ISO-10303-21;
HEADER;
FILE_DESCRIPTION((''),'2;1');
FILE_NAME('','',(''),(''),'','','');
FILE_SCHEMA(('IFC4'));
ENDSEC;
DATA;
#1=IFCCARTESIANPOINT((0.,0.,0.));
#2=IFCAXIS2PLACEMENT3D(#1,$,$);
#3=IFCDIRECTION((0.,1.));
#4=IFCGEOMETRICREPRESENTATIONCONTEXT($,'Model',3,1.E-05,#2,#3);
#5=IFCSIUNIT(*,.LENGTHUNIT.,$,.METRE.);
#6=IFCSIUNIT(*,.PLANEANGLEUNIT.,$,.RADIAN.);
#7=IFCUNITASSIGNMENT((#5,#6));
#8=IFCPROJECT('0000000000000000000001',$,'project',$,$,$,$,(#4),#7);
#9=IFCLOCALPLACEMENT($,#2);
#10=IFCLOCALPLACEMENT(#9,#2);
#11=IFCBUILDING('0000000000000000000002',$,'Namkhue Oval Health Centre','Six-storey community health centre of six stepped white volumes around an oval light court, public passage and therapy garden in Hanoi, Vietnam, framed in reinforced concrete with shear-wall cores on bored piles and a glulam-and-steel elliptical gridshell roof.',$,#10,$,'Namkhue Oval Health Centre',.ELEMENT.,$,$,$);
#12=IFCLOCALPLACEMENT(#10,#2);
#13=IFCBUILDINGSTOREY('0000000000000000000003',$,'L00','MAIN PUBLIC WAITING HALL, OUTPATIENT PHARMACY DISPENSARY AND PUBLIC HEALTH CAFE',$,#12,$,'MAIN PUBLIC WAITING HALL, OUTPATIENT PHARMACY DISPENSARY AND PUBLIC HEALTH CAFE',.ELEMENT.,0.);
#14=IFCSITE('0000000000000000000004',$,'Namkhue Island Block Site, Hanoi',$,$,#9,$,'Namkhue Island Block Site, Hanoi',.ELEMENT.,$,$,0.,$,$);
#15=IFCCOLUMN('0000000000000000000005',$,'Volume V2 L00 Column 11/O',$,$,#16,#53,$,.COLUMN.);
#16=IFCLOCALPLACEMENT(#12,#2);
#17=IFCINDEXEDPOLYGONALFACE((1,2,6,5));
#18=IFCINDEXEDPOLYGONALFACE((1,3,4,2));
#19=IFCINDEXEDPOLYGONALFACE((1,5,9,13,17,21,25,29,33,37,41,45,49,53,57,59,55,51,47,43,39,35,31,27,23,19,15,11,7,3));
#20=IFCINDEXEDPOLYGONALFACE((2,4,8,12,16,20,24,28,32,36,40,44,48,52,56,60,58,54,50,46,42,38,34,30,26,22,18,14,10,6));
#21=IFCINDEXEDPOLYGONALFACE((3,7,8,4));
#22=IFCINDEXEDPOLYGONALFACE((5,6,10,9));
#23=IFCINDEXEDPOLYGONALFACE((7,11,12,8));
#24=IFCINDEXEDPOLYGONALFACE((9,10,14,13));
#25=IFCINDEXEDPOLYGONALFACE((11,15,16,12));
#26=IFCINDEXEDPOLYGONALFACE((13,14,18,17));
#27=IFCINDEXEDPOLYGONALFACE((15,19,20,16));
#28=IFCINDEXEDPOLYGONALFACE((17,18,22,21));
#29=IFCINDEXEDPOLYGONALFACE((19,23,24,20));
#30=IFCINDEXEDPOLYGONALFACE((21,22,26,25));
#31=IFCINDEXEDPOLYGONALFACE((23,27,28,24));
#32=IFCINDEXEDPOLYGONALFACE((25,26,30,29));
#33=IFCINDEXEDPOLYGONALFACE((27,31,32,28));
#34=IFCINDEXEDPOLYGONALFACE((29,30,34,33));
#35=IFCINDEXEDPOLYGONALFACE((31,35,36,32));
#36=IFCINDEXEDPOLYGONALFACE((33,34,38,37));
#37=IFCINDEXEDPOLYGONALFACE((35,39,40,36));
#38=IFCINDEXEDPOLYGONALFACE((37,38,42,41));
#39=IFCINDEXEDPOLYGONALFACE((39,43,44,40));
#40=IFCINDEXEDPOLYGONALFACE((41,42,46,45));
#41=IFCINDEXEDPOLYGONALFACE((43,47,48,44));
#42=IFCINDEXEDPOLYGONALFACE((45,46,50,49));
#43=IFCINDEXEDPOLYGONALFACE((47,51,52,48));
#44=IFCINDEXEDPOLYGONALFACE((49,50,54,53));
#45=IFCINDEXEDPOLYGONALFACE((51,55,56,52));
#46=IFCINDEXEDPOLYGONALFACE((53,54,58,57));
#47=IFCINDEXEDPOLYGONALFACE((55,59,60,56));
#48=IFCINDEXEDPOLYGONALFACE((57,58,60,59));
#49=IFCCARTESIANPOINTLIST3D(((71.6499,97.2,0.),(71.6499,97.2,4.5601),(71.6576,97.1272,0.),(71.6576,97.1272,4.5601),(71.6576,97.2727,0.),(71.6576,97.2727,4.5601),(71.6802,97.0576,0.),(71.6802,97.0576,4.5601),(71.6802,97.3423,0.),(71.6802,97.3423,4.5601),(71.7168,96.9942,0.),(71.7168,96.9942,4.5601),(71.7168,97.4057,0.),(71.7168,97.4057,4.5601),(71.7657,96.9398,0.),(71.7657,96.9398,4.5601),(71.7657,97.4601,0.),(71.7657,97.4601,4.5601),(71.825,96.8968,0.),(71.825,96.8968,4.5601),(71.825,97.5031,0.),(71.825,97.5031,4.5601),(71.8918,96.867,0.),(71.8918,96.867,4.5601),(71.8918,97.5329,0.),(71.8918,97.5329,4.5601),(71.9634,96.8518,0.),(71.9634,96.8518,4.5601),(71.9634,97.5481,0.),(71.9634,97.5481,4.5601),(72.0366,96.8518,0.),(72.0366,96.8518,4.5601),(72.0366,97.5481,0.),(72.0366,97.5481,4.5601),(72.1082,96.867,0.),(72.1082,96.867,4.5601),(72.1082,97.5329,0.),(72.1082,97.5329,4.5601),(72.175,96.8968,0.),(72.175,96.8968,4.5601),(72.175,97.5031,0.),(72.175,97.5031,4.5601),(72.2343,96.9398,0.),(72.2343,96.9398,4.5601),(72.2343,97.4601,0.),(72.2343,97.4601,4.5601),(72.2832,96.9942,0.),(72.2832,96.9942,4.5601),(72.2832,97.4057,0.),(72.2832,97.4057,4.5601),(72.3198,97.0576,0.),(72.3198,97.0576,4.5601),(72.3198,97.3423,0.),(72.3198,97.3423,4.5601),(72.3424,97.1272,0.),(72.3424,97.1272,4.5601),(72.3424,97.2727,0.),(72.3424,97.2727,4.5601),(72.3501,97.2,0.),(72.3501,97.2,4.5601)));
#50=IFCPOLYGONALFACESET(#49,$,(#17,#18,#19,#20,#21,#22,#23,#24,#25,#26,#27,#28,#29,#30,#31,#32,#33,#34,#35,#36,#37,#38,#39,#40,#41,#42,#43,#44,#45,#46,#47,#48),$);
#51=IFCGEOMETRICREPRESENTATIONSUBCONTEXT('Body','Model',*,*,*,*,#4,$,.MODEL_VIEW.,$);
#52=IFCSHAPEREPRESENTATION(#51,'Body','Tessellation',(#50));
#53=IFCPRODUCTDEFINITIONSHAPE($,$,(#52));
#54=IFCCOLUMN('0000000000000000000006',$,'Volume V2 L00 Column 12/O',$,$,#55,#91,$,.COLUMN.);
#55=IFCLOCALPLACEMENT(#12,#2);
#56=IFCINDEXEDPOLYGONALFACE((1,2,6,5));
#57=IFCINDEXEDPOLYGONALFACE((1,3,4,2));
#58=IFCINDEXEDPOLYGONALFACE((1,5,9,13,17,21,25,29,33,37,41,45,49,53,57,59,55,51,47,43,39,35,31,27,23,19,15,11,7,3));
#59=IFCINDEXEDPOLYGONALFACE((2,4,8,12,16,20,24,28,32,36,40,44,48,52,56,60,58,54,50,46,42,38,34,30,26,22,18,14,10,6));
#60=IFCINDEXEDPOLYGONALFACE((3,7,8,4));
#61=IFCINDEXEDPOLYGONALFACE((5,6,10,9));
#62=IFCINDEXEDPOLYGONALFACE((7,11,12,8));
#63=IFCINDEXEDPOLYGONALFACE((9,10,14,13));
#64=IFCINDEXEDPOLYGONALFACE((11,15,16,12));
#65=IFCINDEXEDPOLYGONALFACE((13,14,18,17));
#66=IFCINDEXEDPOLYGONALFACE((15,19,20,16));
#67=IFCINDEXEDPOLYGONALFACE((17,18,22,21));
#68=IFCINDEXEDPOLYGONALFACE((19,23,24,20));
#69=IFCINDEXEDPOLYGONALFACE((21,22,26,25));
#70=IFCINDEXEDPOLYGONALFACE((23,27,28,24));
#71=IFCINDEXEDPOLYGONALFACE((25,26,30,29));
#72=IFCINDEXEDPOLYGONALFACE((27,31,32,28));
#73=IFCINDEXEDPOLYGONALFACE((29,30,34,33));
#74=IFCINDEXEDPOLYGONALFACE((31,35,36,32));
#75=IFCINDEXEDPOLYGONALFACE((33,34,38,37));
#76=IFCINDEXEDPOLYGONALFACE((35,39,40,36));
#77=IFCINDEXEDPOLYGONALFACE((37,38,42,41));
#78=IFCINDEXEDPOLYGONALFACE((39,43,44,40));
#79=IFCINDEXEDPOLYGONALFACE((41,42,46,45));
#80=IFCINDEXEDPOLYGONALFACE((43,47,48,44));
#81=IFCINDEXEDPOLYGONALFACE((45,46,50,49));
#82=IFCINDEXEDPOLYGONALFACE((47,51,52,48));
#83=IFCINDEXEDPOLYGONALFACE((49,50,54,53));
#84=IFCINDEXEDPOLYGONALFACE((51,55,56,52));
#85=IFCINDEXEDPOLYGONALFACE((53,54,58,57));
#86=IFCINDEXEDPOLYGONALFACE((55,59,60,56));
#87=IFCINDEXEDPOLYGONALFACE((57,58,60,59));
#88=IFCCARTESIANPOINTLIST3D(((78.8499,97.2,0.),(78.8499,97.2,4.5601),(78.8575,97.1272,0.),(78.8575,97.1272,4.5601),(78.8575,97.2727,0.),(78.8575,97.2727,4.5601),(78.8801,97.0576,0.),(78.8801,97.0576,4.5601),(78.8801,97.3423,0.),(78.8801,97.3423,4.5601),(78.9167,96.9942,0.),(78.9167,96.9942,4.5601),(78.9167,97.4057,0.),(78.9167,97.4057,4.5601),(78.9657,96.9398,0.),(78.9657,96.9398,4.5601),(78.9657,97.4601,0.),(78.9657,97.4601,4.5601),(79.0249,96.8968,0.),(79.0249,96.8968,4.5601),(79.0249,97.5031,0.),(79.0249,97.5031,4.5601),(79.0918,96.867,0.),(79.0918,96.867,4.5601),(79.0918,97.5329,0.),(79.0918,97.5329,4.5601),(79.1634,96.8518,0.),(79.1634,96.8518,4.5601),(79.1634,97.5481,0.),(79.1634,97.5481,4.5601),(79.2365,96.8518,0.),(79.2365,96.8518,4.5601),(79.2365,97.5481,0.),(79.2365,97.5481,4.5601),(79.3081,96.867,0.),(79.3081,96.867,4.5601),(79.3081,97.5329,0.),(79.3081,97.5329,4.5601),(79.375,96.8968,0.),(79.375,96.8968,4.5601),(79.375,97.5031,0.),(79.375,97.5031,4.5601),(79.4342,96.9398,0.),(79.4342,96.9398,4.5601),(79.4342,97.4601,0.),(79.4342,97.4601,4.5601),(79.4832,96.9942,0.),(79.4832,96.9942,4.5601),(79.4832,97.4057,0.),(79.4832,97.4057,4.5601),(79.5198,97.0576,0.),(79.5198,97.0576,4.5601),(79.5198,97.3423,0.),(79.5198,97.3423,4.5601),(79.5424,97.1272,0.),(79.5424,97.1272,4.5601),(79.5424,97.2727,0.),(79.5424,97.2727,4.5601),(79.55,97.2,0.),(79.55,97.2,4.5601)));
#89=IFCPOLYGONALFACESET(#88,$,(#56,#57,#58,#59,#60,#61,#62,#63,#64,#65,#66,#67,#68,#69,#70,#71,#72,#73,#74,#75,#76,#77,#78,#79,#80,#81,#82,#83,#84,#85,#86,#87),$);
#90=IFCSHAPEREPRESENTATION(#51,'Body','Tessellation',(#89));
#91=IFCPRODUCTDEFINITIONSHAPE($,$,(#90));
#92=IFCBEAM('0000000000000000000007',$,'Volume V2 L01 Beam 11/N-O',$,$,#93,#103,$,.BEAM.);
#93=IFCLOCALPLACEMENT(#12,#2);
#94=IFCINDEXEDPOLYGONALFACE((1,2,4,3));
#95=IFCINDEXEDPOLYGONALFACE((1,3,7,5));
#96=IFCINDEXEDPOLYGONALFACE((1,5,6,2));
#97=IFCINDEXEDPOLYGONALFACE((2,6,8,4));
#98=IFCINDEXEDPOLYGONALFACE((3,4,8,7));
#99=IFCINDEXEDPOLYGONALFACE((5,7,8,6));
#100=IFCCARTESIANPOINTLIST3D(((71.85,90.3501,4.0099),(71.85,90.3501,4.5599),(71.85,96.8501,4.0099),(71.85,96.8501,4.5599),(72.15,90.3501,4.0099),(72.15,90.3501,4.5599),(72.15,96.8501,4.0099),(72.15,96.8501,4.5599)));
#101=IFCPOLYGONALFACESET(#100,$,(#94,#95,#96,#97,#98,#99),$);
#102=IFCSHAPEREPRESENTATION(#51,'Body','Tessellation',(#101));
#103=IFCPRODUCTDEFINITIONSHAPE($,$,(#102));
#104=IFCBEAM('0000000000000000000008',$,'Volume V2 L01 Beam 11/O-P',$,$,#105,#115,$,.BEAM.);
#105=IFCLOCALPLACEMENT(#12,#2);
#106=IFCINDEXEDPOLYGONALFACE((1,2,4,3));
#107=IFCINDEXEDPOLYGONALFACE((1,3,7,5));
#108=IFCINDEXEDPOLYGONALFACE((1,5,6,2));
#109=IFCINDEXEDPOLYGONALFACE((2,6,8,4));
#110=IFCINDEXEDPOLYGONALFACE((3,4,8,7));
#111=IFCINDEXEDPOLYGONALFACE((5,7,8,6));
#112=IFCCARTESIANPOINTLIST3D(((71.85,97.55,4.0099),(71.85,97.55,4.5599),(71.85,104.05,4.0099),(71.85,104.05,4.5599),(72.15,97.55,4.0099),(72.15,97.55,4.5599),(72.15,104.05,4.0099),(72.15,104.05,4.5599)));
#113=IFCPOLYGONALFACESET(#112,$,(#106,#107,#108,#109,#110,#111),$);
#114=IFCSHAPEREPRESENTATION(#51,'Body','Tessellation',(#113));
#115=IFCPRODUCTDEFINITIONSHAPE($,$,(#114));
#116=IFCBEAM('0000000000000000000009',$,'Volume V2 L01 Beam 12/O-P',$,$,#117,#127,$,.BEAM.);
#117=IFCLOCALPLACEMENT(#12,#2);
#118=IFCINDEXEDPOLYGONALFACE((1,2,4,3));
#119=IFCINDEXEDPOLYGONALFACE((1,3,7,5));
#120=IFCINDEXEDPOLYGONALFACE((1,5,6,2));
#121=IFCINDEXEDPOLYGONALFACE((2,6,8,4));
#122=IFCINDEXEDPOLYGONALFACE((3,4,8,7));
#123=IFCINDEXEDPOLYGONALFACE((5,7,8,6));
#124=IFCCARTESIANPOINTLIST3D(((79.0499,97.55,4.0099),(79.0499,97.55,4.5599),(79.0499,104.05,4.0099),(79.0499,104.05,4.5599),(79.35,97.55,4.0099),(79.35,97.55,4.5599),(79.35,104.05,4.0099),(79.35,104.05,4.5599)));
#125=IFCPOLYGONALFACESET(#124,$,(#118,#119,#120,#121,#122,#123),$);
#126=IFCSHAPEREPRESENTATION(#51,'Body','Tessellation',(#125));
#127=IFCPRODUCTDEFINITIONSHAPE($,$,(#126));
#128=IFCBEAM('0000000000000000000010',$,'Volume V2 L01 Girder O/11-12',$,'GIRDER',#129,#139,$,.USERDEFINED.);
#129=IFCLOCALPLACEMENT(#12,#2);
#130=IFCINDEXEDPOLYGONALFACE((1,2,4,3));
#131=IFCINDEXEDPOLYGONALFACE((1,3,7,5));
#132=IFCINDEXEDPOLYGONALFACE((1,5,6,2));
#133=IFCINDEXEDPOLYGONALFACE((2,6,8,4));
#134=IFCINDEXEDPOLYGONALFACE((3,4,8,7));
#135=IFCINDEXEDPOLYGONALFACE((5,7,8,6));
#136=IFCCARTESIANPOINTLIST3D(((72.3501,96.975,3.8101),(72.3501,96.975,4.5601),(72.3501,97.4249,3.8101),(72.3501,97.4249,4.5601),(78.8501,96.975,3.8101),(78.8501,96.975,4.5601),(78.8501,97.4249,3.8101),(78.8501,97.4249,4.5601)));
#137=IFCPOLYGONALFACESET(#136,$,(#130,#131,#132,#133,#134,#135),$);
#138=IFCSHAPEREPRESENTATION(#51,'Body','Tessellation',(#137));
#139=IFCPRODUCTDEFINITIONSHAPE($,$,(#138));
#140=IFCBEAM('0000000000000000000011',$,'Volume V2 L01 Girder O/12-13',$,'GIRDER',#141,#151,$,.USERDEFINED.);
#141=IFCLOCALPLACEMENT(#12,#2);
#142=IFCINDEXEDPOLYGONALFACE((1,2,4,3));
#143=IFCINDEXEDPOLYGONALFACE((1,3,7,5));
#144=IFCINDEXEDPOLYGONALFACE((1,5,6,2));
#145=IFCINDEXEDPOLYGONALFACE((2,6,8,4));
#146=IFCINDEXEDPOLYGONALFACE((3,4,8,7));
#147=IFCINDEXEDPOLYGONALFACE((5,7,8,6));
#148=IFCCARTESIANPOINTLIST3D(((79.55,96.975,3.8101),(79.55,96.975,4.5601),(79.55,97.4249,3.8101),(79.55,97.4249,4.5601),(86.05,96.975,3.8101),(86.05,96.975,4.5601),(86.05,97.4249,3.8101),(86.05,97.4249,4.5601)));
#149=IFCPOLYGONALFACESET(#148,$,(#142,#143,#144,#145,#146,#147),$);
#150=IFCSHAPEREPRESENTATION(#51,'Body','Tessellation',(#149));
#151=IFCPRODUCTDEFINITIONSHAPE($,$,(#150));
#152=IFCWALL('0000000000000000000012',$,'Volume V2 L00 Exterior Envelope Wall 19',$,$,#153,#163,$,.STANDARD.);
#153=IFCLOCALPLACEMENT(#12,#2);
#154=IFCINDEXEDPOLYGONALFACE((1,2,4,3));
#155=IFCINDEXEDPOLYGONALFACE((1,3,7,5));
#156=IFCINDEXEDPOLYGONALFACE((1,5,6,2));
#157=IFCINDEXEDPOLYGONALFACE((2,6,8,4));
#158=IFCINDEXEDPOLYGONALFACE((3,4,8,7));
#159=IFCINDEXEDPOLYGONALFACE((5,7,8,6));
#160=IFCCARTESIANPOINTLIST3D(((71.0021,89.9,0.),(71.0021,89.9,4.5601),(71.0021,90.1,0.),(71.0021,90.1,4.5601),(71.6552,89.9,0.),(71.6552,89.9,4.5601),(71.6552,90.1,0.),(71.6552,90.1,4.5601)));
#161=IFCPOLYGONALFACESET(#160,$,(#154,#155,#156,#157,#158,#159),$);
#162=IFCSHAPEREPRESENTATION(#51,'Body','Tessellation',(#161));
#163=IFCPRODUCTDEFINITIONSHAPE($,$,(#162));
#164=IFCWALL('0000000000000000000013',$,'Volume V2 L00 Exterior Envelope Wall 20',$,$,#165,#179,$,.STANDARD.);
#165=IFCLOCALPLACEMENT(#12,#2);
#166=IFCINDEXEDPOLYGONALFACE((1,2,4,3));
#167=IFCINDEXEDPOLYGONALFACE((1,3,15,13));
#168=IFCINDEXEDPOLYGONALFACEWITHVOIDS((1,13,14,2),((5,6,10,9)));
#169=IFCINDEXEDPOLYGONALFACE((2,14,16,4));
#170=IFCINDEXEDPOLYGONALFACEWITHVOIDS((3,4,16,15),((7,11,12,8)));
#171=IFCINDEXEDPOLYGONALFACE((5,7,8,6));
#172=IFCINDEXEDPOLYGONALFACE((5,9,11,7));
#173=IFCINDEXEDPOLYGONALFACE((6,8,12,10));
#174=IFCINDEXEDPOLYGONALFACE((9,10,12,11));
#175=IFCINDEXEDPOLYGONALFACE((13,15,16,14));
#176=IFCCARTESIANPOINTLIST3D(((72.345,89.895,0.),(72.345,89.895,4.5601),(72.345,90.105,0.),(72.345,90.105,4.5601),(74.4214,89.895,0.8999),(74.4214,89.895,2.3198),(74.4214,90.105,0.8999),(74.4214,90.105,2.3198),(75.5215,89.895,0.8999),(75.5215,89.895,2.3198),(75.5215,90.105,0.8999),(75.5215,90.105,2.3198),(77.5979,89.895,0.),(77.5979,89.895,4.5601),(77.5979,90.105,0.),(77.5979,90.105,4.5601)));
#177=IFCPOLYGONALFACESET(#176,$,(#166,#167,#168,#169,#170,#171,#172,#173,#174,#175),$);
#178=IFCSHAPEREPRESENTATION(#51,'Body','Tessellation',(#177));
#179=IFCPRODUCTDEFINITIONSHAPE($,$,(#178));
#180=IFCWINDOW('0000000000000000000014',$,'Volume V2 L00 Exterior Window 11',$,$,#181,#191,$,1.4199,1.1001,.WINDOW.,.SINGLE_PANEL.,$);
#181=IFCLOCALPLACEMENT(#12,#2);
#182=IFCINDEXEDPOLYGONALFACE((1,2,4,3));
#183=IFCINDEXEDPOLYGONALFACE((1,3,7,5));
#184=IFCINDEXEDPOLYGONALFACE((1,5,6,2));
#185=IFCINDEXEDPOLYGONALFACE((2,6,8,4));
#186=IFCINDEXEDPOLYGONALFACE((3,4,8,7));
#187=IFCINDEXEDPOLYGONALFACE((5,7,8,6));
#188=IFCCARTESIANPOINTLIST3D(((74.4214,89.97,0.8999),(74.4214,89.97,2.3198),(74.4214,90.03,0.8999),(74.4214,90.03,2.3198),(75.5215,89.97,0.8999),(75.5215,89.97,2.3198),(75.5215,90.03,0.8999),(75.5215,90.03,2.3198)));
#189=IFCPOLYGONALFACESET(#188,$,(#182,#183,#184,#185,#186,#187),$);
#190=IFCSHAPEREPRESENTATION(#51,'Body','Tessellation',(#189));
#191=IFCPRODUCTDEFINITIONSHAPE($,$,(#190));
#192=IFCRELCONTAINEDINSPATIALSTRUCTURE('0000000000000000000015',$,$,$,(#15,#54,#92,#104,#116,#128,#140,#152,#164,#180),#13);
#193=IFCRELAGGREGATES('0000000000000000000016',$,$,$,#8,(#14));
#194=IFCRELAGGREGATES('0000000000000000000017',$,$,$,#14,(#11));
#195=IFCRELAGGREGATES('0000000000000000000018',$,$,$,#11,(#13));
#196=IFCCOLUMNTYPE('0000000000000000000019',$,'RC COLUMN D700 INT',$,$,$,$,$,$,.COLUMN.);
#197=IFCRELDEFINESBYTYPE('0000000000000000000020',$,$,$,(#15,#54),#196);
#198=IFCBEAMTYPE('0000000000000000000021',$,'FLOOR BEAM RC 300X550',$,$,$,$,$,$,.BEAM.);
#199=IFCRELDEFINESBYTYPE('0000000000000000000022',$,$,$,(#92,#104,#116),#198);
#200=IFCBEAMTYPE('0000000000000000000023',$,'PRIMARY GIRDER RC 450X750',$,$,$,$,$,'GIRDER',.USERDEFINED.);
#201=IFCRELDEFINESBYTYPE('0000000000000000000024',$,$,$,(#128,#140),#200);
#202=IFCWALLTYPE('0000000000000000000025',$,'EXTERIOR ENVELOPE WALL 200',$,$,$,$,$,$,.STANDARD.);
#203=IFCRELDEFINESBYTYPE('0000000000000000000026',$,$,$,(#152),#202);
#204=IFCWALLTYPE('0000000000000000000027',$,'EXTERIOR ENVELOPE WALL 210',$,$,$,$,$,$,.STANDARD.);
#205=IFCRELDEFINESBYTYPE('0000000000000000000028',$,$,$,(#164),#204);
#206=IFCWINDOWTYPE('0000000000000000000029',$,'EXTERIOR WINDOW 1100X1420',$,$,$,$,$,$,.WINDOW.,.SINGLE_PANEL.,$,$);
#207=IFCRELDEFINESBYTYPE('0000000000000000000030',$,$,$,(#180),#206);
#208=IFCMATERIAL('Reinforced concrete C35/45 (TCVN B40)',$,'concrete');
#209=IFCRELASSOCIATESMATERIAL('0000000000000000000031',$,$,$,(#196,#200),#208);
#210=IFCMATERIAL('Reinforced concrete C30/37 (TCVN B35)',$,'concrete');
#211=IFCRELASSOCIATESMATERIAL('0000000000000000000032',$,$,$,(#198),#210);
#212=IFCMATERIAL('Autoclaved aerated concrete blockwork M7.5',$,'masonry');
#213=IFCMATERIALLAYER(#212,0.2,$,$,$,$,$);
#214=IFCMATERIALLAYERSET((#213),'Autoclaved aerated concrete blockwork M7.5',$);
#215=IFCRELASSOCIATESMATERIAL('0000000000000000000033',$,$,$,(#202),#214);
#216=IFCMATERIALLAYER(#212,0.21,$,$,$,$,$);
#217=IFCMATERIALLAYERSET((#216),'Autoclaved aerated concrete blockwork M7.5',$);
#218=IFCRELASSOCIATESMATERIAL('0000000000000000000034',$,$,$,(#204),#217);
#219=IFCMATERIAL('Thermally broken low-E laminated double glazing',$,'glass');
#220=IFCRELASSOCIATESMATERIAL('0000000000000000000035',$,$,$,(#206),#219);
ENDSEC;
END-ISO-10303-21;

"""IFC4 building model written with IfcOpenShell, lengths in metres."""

from ifc_helpers import new_model, si_unit, direction, frame, frame_2d, origin, origin_2d, place, context, subcontext, project, spatial, rectangle, circle, extrude, material, layer, layer_set, material_profile, profile_set, type_object, element, fill, save


model = new_model("IFC4")

# Units and contexts
model_context = context("Model", 3, precision=1e-05, world=origin(), true_north=direction((0.0, 1.0)))
body_context = subcontext(model_context, "Body", "Model", "MODEL_VIEW")
ifc_project = project(units=[si_unit("LENGTHUNIT", "METRE"), si_unit("PLANEANGLEUNIT", "RADIAN")], contexts=[model_context])

# Site, building, storey
site_placement = place(None, origin())
site = spatial("IfcSite", under=ifc_project, at=site_placement, Name="Namkhue Island Block Site, Hanoi", LongName="Namkhue Island Block Site, Hanoi", CompositionType="ELEMENT", RefElevation=0.0)
building_placement = place(site_placement, origin())
building = spatial("IfcBuilding", under=site, at=building_placement, Name="Namkhue Oval Health Centre", Description="Six-storey community health centre of six stepped white volumes around an oval light court, public passage and therapy garden in Hanoi, Vietnam, framed in reinforced concrete with shear-wall cores on bored piles and a glulam-and-steel elliptical gridshell roof.", LongName="Namkhue Oval Health Centre", CompositionType="ELEMENT")
storey_placement = place(building_placement, origin())
storey = spatial("IfcBuildingStorey", under=building, at=storey_placement, Name="L00", Description="MAIN PUBLIC WAITING HALL, OUTPATIENT PHARMACY DISPENSARY AND PUBLIC HEALTH CAFE", LongName="MAIN PUBLIC WAITING HALL, OUTPATIENT PHARMACY DISPENSARY AND PUBLIC HEALTH CAFE", CompositionType="ELEMENT", Elevation=0.0)

# Shared definitions
ifc_material_1 = material(Name="Reinforced concrete C30/37 (TCVN B35)", Category="concrete")

# Columns
ifc_material_2 = material(Name="Reinforced concrete C35/45 (TCVN B40)", Category="concrete")
ifc_material_profile_1 = material_profile(ifc_material_2, circle(Radius=0.3501, at=origin_2d()), Name="RC D700")
ifc_profile_set_1 = profile_set([ifc_material_profile_1], Name="Reinforced concrete C35/45 (TCVN B40)")
column_type_1 = type_object("IfcColumnType", Name="RC COLUMN D700 INT", PredefinedType="COLUMN", material=ifc_profile_set_1)
for number, where, z_axis, x_axis, name in (
    (1, (72.0, 97.2, 0.0), (0.0, 0.0, 1.0), (1.0, 0.0, 0.0), "Volume V2 L00 Column 11/O"),
    (2, (79.2, 97.2, 0.0), (0.0, 0.0, 1.0), (1.0, 0.0, 0.0), "Volume V2 L00 Column 12/O"),
):
    element("IfcColumn", number, at=place(storey_placement, frame(where, z_axis=z_axis, x_axis=x_axis)), inside=storey, type_object=column_type_1, Name=name, PredefinedType="COLUMN", context=body_context, shape_type="SweptSolid", body=[
        extrude(circle(Radius=0.3501, at=origin_2d()), origin(), (0.0, 0.0, 1.0), 4.5601),
    ])

# Beams
ifc_material_profile_2 = material_profile(ifc_material_1, rectangle(XDim=0.3, YDim=0.55, at=origin_2d()), Name="RC 300x550")
ifc_profile_set_2 = profile_set([ifc_material_profile_2], Name="Reinforced concrete C30/37 (TCVN B35)")
beam_type_1 = type_object("IfcBeamType", Name="FLOOR BEAM RC 300X550", PredefinedType="BEAM", material=ifc_profile_set_2)
for number, where, z_axis, x_axis, name in (
    (3, (72.0, 90.3501, 4.2849), (0.0, 1.0, 0.0), (-1.0, 0.0, 0.0), "Volume V2 L01 Beam 11/N-O"),
    (4, (72.0, 97.55, 4.2849), (0.0, 1.0, 0.0), (-1.0, 0.0, 0.0), "Volume V2 L01 Beam 11/O-P"),
    (5, (79.2, 97.55, 4.2849), (0.0, 1.0, 0.0), (-1.0, 0.0, 0.0), "Volume V2 L01 Beam 12/O-P"),
):
    element("IfcBeam", number, at=place(storey_placement, frame(where, z_axis=z_axis, x_axis=x_axis)), inside=storey, type_object=beam_type_1, Name=name, PredefinedType="BEAM", context=body_context, shape_type="SweptSolid", body=[
        extrude(rectangle(XDim=0.3, YDim=0.55, at=origin_2d()), origin(), (0.0, 0.0, 1.0), 6.5),
    ])
ifc_material_profile_3 = material_profile(ifc_material_2, rectangle(XDim=0.45, YDim=0.75, at=origin_2d()), Name="RC 450x750")
ifc_profile_set_3 = profile_set([ifc_material_profile_3], Name="Reinforced concrete C35/45 (TCVN B40)")
beam_type_2 = type_object("IfcBeamType", Name="PRIMARY GIRDER RC 450X750", ElementType="GIRDER", PredefinedType="USERDEFINED", material=ifc_profile_set_3)
for number, where, z_axis, x_axis, name in (
    (6, (72.3501, 97.2, 4.1851), (1.0, 0.0, 0.0), (0.0, 1.0, 0.0), "Volume V2 L01 Girder O/11-12"),
    (7, (79.55, 97.2, 4.1851), (1.0, 0.0, 0.0), (0.0, 1.0, 0.0), "Volume V2 L01 Girder O/12-13"),
):
    element("IfcBeam", number, at=place(storey_placement, frame(where, z_axis=z_axis, x_axis=x_axis)), inside=storey, type_object=beam_type_2, Name=name, ObjectType="GIRDER", PredefinedType="USERDEFINED", context=body_context, shape_type="SweptSolid", body=[
        extrude(rectangle(XDim=0.45, YDim=0.75, at=origin_2d()), origin(), (0.0, 0.0, 1.0), 6.5),
    ])

# Wall
ifc_material_3 = material(Name="Autoclaved aerated concrete blockwork M7.5", Category="masonry")
ifc_layer_1 = layer(ifc_material_3, 0.2)
ifc_layer_set_1 = layer_set([ifc_layer_1], Name="Autoclaved aerated concrete blockwork M7.5")
wall_type_1 = type_object("IfcWallType", Name="EXTERIOR ENVELOPE WALL 200", PredefinedType="STANDARD", material=ifc_layer_set_1)
wall_1_placement = place(storey_placement, frame((71.002, 90.0, 0.0), z_axis=(0.0, 0.0, 1.0), x_axis=(1.0, 0.0, 0.0)))
element("IfcWall", 8, at=wall_1_placement, inside=storey, type_object=wall_type_1, Name="Volume V2 L00 Exterior Envelope Wall 19", PredefinedType="STANDARD", context=body_context, shape_type="SweptSolid", body=[
    extrude(rectangle(XDim=0.6531, YDim=0.2, at=frame_2d((0.3267, 0.0))), origin(), (0.0, 0.0, 1.0), 4.5601),
])

# Wall, opening, window
ifc_layer_2 = layer(ifc_material_3, 0.21)
ifc_layer_set_2 = layer_set([ifc_layer_2], Name="Autoclaved aerated concrete blockwork M7.5")
wall_type_2 = type_object("IfcWallType", Name="EXTERIOR ENVELOPE WALL 210", PredefinedType="STANDARD", material=ifc_layer_set_2)
wall_2_placement = place(storey_placement, frame((72.345, 90.0, 0.0), z_axis=(0.0, 0.0, 1.0), x_axis=(1.0, 0.0, 0.0)))
wall_2 = element("IfcWall", 9, at=wall_2_placement, inside=storey, type_object=wall_type_2, Name="Volume V2 L00 Exterior Envelope Wall 20", PredefinedType="STANDARD", context=body_context, shape_type="SweptSolid", body=[
    extrude(rectangle(XDim=5.2529, YDim=0.21, at=frame_2d((2.6265, 0.0))), origin(), (0.0, 0.0, 1.0), 4.5601),
])
opening_1_placement = place(wall_2_placement, frame((2.0764, 0.0, 0.8999)))
opening_1 = element("IfcOpeningElement", 10, at=opening_1_placement, cuts=wall_2, PredefinedType="OPENING", context=body_context, shape_type="SweptSolid", body=[
    extrude(rectangle(XDim=1.1001, YDim=1.4199, at=frame_2d((0.55, 0.71))), frame((0.0, 0.115, 0.0), z_axis=(0.0, -1.0, 0.0), x_axis=(1.0, 0.0, 0.0)), (0.0, 0.0, 1.0), 0.23),
])
ifc_material_4 = material(Name="Thermally broken low-E laminated double glazing", Category="glass")
window_type = type_object("IfcWindowType", Name="EXTERIOR WINDOW 1100X1420", PartitioningType="SINGLE_PANEL", PredefinedType="WINDOW", material=ifc_material_4)
window_placement = place(opening_1_placement, origin())
window = element("IfcWindow", 11, at=window_placement, inside=storey, type_object=window_type, Name="Volume V2 L00 Exterior Window 11", OverallHeight=1.4199, OverallWidth=1.1001, PartitioningType="SINGLE_PANEL", PredefinedType="WINDOW", context=body_context, shape_type="SweptSolid", body=[
    extrude(rectangle(XDim=1.1001, YDim=1.4199, at=frame_2d((0.55, 0.71))), frame((0.0, 0.03, 0.0), z_axis=(0.0, -1.0, 0.0), x_axis=(1.0, 0.0, 0.0)), (0.0, 0.0, 1.0), 0.0601),
])
fill(opening_1, window)

save(model, "model.ifc")
